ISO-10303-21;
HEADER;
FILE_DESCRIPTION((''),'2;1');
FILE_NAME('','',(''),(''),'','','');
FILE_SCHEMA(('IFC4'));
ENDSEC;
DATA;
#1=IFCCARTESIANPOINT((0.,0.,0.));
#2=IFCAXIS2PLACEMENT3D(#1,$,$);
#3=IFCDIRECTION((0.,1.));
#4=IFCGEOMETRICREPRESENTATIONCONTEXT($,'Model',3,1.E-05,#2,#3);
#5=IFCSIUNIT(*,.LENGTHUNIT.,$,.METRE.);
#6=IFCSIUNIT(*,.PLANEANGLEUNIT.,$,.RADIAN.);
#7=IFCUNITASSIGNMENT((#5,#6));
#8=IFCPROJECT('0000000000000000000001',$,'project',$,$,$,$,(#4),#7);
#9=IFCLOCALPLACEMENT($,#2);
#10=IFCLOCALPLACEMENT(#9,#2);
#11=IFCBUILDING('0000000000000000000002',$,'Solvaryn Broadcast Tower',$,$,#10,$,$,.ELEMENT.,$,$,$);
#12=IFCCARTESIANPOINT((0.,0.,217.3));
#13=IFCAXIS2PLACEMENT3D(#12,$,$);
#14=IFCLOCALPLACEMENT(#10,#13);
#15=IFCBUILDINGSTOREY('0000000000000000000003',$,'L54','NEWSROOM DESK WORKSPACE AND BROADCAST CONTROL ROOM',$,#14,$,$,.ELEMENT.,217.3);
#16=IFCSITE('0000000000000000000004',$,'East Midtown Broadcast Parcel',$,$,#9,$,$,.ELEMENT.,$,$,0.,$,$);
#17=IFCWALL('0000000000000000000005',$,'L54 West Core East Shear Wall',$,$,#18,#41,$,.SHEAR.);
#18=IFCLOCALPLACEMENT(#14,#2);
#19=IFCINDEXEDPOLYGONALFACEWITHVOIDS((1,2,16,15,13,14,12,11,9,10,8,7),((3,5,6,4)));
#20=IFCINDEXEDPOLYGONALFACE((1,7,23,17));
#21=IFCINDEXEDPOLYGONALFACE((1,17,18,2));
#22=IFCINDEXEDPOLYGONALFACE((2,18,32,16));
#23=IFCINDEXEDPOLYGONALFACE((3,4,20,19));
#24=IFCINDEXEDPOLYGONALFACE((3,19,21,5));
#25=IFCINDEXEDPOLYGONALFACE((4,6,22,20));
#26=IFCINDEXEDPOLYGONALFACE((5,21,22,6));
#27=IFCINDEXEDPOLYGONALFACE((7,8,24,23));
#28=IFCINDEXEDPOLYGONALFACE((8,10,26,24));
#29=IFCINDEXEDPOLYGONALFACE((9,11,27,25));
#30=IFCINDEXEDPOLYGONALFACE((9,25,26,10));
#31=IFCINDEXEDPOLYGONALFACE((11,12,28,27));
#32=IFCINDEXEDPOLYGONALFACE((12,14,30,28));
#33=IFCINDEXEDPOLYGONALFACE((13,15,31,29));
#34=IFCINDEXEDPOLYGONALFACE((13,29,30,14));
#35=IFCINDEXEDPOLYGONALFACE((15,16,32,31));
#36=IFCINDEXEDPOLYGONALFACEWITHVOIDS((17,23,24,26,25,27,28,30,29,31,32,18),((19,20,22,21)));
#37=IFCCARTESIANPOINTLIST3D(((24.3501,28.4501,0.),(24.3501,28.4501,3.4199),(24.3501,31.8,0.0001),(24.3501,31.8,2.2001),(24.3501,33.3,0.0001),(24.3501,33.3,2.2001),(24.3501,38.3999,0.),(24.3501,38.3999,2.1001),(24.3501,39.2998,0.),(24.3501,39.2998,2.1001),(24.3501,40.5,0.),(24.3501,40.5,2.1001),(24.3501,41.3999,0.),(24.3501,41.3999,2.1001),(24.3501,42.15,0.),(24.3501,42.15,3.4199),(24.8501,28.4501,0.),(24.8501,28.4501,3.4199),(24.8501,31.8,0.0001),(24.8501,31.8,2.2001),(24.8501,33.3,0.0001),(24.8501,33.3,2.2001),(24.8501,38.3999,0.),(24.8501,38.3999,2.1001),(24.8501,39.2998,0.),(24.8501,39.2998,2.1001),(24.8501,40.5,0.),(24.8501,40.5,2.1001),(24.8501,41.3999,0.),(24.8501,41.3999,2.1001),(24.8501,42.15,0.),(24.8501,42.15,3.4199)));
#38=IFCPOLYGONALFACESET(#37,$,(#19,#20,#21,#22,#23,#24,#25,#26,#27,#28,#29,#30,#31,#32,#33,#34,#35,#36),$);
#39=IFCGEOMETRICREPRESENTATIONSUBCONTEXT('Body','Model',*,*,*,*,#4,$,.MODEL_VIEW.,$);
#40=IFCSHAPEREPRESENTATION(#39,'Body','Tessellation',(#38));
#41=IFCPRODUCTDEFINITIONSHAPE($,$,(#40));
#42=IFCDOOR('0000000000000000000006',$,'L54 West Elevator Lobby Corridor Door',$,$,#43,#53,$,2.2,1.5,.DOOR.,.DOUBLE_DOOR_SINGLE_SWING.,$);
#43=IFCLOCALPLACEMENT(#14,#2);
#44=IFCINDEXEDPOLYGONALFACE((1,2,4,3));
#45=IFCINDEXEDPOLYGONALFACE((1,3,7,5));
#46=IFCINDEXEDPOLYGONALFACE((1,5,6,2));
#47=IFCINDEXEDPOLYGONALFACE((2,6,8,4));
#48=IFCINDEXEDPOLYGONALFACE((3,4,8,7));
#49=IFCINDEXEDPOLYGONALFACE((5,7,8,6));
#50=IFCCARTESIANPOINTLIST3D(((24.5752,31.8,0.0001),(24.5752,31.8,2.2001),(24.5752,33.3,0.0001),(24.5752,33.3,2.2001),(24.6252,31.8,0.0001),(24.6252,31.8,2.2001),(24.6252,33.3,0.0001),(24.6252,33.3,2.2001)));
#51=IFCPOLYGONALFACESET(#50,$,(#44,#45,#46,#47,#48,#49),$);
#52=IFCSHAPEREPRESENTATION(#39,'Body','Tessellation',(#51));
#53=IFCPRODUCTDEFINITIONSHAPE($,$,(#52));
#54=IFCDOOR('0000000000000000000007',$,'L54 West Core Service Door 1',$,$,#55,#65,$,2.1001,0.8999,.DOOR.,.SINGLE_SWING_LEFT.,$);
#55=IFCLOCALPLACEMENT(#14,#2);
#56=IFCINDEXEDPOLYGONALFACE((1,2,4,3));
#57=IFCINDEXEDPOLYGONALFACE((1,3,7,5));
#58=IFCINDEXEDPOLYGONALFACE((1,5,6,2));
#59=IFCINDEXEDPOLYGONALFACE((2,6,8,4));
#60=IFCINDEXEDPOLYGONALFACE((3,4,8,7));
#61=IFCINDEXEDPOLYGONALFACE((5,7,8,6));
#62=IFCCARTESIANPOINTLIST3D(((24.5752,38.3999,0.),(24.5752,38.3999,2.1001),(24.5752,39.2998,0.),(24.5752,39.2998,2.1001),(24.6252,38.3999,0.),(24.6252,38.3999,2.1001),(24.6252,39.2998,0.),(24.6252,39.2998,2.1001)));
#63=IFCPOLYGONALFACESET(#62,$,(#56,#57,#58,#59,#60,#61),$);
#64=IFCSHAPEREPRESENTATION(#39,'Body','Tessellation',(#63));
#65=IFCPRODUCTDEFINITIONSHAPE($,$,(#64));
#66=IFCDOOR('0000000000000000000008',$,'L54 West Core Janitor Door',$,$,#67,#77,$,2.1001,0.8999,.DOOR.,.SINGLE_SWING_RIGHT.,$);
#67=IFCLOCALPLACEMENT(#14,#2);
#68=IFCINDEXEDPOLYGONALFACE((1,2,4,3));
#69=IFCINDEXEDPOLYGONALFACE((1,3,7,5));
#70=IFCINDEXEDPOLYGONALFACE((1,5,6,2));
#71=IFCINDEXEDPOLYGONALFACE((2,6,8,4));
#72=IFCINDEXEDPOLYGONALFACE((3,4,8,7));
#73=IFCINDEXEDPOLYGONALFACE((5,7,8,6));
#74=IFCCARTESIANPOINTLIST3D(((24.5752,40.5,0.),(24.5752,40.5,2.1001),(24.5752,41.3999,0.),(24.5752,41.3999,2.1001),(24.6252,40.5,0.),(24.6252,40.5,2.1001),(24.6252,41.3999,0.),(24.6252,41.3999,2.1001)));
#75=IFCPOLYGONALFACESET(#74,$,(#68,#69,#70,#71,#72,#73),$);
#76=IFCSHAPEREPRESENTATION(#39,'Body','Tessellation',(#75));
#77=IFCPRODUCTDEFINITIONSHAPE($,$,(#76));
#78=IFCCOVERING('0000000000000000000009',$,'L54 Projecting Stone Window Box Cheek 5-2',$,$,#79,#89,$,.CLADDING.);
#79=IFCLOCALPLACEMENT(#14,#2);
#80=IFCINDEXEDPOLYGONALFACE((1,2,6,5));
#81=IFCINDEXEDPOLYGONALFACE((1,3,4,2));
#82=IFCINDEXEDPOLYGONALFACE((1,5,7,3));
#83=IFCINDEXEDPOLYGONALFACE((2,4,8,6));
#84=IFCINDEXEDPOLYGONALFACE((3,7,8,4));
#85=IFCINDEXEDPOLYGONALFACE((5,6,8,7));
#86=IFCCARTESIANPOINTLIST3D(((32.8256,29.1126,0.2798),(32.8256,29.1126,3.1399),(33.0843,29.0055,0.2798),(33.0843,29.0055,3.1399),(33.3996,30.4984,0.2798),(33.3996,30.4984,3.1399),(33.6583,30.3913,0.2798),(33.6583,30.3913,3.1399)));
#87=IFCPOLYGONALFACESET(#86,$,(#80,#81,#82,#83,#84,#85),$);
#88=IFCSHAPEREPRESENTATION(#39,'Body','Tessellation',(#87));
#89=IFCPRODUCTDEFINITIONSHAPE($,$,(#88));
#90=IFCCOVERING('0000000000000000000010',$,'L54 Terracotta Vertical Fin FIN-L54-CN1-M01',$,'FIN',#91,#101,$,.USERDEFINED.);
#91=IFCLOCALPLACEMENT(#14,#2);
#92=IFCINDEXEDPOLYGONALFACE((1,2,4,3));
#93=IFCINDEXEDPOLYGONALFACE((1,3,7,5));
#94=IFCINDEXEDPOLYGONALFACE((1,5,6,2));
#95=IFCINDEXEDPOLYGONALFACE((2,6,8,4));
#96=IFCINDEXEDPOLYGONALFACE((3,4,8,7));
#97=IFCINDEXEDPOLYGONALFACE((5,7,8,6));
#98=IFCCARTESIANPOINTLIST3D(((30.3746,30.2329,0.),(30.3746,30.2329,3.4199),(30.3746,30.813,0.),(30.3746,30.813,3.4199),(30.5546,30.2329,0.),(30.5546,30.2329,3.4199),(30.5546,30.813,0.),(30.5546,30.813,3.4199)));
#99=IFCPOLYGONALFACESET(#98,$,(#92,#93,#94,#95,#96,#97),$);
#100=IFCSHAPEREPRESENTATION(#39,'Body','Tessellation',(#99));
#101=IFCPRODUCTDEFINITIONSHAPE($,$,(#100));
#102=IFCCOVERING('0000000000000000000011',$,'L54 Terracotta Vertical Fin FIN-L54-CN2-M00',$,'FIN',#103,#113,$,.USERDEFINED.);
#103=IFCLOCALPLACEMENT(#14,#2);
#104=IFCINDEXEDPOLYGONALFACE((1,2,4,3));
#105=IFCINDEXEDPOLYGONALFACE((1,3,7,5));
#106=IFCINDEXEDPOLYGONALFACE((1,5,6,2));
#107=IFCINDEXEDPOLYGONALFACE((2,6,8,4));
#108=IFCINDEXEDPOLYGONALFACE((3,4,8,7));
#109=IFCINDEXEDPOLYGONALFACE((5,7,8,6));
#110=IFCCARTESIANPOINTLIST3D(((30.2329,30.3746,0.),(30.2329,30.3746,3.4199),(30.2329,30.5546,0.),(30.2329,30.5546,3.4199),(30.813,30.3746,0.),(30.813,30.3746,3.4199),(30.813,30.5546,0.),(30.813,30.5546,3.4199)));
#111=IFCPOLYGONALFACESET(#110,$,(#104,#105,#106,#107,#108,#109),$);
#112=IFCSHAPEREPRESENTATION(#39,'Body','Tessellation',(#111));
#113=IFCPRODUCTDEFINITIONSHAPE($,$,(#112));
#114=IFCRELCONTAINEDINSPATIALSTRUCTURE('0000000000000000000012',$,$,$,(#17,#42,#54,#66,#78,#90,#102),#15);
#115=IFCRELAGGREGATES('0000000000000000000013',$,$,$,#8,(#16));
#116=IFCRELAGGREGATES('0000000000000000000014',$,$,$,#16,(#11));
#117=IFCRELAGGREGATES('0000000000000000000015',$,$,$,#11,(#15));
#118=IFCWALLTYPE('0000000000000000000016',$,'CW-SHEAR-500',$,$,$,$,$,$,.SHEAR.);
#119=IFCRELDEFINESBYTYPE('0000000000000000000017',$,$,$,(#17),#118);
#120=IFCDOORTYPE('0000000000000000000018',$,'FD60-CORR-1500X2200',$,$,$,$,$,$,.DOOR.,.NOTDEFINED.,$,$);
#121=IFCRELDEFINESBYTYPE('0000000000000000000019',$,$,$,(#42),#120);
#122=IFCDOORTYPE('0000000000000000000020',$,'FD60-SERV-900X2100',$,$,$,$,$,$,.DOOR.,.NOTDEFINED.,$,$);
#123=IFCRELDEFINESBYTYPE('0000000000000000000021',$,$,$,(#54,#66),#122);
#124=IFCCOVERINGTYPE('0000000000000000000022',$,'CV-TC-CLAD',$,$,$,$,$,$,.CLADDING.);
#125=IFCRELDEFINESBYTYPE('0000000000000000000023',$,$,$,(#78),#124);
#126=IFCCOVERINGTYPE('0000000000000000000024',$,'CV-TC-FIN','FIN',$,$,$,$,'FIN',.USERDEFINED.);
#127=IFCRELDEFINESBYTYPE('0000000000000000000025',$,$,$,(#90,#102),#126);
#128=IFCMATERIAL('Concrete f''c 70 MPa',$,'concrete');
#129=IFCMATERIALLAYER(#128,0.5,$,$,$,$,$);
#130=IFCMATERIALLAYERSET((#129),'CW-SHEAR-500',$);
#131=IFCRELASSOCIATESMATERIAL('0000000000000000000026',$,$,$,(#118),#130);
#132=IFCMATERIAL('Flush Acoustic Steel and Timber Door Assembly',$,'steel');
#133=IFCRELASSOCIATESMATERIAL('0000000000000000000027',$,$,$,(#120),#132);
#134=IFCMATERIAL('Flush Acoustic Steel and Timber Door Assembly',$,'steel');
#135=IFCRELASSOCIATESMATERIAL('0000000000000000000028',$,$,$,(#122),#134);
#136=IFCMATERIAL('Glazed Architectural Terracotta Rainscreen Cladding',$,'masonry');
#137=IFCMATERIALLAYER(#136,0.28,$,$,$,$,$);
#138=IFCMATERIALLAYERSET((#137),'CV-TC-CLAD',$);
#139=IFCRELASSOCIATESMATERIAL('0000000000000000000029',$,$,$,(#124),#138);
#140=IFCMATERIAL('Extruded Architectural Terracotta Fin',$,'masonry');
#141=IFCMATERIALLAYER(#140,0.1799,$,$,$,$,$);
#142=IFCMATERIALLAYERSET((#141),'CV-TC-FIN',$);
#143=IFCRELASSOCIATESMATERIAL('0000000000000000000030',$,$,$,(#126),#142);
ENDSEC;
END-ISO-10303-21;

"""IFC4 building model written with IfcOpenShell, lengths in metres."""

from ifc_helpers import new_model, si_unit, direction, frame, frame_2d, origin, origin_2d, place, context, subcontext, project, spatial, rectangle, extrude, material, layer, layer_set, type_object, element, fill, save


model = new_model("IFC4")

# Units and contexts
model_context = context("Model", 3, precision=1e-05, world=origin(), true_north=direction((0.0, 1.0)))
body_context = subcontext(model_context, "Body", "Model", "MODEL_VIEW")
ifc_project = project(units=[si_unit("LENGTHUNIT", "METRE"), si_unit("PLANEANGLEUNIT", "RADIAN")], contexts=[model_context])

# Site, building, storey
site_placement = place(None, origin())
site = spatial("IfcSite", under=ifc_project, at=site_placement, Name="East Midtown Broadcast Parcel", CompositionType="ELEMENT", RefElevation=0.0)
building_placement = place(site_placement, origin())
building = spatial("IfcBuilding", under=site, at=building_placement, Name="Solvaryn Broadcast Tower", CompositionType="ELEMENT")
storey_placement = place(building_placement, frame((0.0, 0.0, 217.3)))
storey = spatial("IfcBuildingStorey", under=building, at=storey_placement, Name="L54", Description="NEWSROOM DESK WORKSPACE AND BROADCAST CONTROL ROOM", CompositionType="ELEMENT", Elevation=217.3)

# Wall, openings, doors
ifc_material_1 = material(Name="Concrete f'c 70 MPa", Category="concrete")
ifc_layer_1 = layer(ifc_material_1, 0.5)
ifc_layer_set_1 = layer_set([ifc_layer_1], Name="CW-SHEAR-500")
wall_type_1 = type_object("IfcWallType", Name="CW-SHEAR-500", PredefinedType="SHEAR", material=ifc_layer_set_1)
wall_1_placement = place(storey_placement, frame((24.6001, 28.45, 0.0), z_axis=(0.0, 0.0, 1.0), x_axis=(0.0, 1.0, 0.0)))
wall_1 = element("IfcWall", 1, at=wall_1_placement, inside=storey, type_object=wall_type_1, Name="L54 West Core East Shear Wall", PredefinedType="SHEAR", context=body_context, shape_type="SweptSolid", body=[
    extrude(rectangle(XDim=13.7, YDim=0.5, at=frame_2d((6.8501, 0.0))), origin(), (0.0, 0.0, 1.0), 3.4199),
])
opening_1_placement = place(wall_1_placement, frame((3.3501, 0.0, 0.0)))
opening_1 = element("IfcOpeningElement", 2, at=opening_1_placement, cuts=wall_1, PredefinedType="OPENING", context=body_context, shape_type="SweptSolid", body=[
    extrude(rectangle(XDim=1.5, YDim=2.2, at=frame_2d((0.75, 1.1001))), frame((0.0, 0.26, 0.0), z_axis=(0.0, -1.0, 0.0), x_axis=(1.0, 0.0, 0.0)), (0.0, 0.0, 1.0), 0.52),
])
opening_2_placement = place(wall_1_placement, frame((9.95, 0.0, 0.0)))
opening_2 = element("IfcOpeningElement", 3, at=opening_2_placement, cuts=wall_1, PredefinedType="OPENING", context=body_context, shape_type="SweptSolid", body=[
    extrude(rectangle(XDim=0.8999, YDim=2.1001, at=frame_2d((0.45, 1.05))), frame((0.0, 0.26, 0.0), z_axis=(0.0, -1.0, 0.0), x_axis=(1.0, 0.0, 0.0)), (0.0, 0.0, 1.0), 0.52),
])
opening_3_placement = place(wall_1_placement, frame((12.05, 0.0, 0.0)))
opening_3 = element("IfcOpeningElement", 4, at=opening_3_placement, cuts=wall_1, PredefinedType="OPENING", context=body_context, shape_type="SweptSolid", body=[
    extrude(rectangle(XDim=0.8999, YDim=2.1001, at=frame_2d((0.45, 1.05))), frame((0.0, 0.26, 0.0), z_axis=(0.0, -1.0, 0.0), x_axis=(1.0, 0.0, 0.0)), (0.0, 0.0, 1.0), 0.52),
])
ifc_material_2 = material(Name="Flush Acoustic Steel and Timber Door Assembly", Category="steel")
door_type_1 = type_object("IfcDoorType", Name="FD60-CORR-1500X2200", OperationType="NOTDEFINED", PredefinedType="DOOR", material=ifc_material_2)
door_1_placement = place(opening_1_placement, origin())
door_1 = element("IfcDoor", 5, at=door_1_placement, inside=storey, type_object=door_type_1, Name="L54 West Elevator Lobby Corridor Door", OperationType="DOUBLE_DOOR_SINGLE_SWING", OverallHeight=2.2, OverallWidth=1.5, PredefinedType="DOOR", context=body_context, shape_type="SweptSolid", body=[
    extrude(rectangle(XDim=1.5, YDim=2.2, at=frame_2d((0.75, 1.1001))), frame((0.0, 0.0249, 0.0), z_axis=(0.0, -1.0, 0.0), x_axis=(1.0, 0.0, 0.0)), (0.0, 0.0, 1.0), 0.05),
])
fill(opening_1, door_1)
ifc_material_3 = material(Name="Flush Acoustic Steel and Timber Door Assembly", Category="steel")
door_type_2 = type_object("IfcDoorType", Name="FD60-SERV-900X2100", OperationType="NOTDEFINED", PredefinedType="DOOR", material=ifc_material_3)
door_2_placement = place(opening_2_placement, origin())
door_2 = element("IfcDoor", 6, at=door_2_placement, inside=storey, type_object=door_type_2, Name="L54 West Core Service Door 1", OperationType="SINGLE_SWING_LEFT", OverallHeight=2.1001, OverallWidth=0.8999, PredefinedType="DOOR", context=body_context, shape_type="SweptSolid", body=[
    extrude(rectangle(XDim=0.8999, YDim=2.1001, at=frame_2d((0.45, 1.05))), frame((0.0, 0.0249, 0.0), z_axis=(0.0, -1.0, 0.0), x_axis=(1.0, 0.0, 0.0)), (0.0, 0.0, 1.0), 0.05),
])
fill(opening_2, door_2)
door_3_placement = place(opening_3_placement, origin())
door_3 = element("IfcDoor", 7, at=door_3_placement, inside=storey, type_object=door_type_2, Name="L54 West Core Janitor Door", OperationType="SINGLE_SWING_RIGHT", OverallHeight=2.1001, OverallWidth=0.8999, PredefinedType="DOOR", context=body_context, shape_type="SweptSolid", body=[
    extrude(rectangle(XDim=0.8999, YDim=2.1001, at=frame_2d((0.45, 1.05))), frame((0.0, 0.0249, 0.0), z_axis=(0.0, -1.0, 0.0), x_axis=(1.0, 0.0, 0.0)), (0.0, 0.0, 1.0), 0.05),
])
fill(opening_3, door_3)

# Coverings
ifc_material_4 = material(Name="Glazed Architectural Terracotta Rainscreen Cladding", Category="masonry")
ifc_layer_2 = layer(ifc_material_4, 0.28)
ifc_layer_set_2 = layer_set([ifc_layer_2], Name="CV-TC-CLAD")
covering_type_1 = type_object("IfcCoveringType", Name="CV-TC-CLAD", PredefinedType="CLADDING", material=ifc_layer_set_2)
covering_1_placement = place(storey_placement, frame((33.2419, 29.752, 0.2798), z_axis=(0.0, 0.0, 1.0), x_axis=(-0.92388, 0.382683, 0.0)))
element("IfcCovering", 8, at=covering_1_placement, inside=storey, type_object=covering_type_1, Name="L54 Projecting Stone Window Box Cheek 5-2", PredefinedType="CLADDING", context=body_context, shape_type="SweptSolid", body=[
    extrude(rectangle(XDim=0.28, YDim=1.5, at=origin_2d()), origin(), (0.0, 0.0, 1.0), 2.8601),
])
ifc_material_5 = material(Name="Extruded Architectural Terracotta Fin", Category="masonry")
ifc_layer_3 = layer(ifc_material_5, 0.1799)
ifc_layer_set_3 = layer_set([ifc_layer_3], Name="CV-TC-FIN")
covering_type_2 = type_object("IfcCoveringType", Name="CV-TC-FIN", Description="FIN", ElementType="FIN", PredefinedType="USERDEFINED", material=ifc_layer_set_3)
covering_2_placement = place(storey_placement, frame((30.4646, 30.5229, 0.0), z_axis=(0.0, 0.0, 1.0), x_axis=(1.0, 0.0, 0.0)))
element("IfcCovering", 9, at=covering_2_placement, inside=storey, type_object=covering_type_2, Name="L54 Terracotta Vertical Fin FIN-L54-CN1-M01", ObjectType="FIN", PredefinedType="USERDEFINED", context=body_context, shape_type="SweptSolid", body=[
    extrude(rectangle(XDim=0.1799, YDim=0.5801, at=origin_2d()), origin(), (0.0, 0.0, 1.0), 3.4199),
])
covering_3_placement = place(storey_placement, frame((30.5229, 30.4646, 0.0), z_axis=(0.0, 0.0, 1.0), x_axis=(1.0, 0.0, 0.0)))
element("IfcCovering", 10, at=covering_3_placement, inside=storey, type_object=covering_type_2, Name="L54 Terracotta Vertical Fin FIN-L54-CN2-M00", ObjectType="FIN", PredefinedType="USERDEFINED", context=body_context, shape_type="SweptSolid", body=[
    extrude(rectangle(XDim=0.5801, YDim=0.1799, at=origin_2d()), origin(), (0.0, 0.0, 1.0), 3.4199),
])

save(model, "model.ifc")
